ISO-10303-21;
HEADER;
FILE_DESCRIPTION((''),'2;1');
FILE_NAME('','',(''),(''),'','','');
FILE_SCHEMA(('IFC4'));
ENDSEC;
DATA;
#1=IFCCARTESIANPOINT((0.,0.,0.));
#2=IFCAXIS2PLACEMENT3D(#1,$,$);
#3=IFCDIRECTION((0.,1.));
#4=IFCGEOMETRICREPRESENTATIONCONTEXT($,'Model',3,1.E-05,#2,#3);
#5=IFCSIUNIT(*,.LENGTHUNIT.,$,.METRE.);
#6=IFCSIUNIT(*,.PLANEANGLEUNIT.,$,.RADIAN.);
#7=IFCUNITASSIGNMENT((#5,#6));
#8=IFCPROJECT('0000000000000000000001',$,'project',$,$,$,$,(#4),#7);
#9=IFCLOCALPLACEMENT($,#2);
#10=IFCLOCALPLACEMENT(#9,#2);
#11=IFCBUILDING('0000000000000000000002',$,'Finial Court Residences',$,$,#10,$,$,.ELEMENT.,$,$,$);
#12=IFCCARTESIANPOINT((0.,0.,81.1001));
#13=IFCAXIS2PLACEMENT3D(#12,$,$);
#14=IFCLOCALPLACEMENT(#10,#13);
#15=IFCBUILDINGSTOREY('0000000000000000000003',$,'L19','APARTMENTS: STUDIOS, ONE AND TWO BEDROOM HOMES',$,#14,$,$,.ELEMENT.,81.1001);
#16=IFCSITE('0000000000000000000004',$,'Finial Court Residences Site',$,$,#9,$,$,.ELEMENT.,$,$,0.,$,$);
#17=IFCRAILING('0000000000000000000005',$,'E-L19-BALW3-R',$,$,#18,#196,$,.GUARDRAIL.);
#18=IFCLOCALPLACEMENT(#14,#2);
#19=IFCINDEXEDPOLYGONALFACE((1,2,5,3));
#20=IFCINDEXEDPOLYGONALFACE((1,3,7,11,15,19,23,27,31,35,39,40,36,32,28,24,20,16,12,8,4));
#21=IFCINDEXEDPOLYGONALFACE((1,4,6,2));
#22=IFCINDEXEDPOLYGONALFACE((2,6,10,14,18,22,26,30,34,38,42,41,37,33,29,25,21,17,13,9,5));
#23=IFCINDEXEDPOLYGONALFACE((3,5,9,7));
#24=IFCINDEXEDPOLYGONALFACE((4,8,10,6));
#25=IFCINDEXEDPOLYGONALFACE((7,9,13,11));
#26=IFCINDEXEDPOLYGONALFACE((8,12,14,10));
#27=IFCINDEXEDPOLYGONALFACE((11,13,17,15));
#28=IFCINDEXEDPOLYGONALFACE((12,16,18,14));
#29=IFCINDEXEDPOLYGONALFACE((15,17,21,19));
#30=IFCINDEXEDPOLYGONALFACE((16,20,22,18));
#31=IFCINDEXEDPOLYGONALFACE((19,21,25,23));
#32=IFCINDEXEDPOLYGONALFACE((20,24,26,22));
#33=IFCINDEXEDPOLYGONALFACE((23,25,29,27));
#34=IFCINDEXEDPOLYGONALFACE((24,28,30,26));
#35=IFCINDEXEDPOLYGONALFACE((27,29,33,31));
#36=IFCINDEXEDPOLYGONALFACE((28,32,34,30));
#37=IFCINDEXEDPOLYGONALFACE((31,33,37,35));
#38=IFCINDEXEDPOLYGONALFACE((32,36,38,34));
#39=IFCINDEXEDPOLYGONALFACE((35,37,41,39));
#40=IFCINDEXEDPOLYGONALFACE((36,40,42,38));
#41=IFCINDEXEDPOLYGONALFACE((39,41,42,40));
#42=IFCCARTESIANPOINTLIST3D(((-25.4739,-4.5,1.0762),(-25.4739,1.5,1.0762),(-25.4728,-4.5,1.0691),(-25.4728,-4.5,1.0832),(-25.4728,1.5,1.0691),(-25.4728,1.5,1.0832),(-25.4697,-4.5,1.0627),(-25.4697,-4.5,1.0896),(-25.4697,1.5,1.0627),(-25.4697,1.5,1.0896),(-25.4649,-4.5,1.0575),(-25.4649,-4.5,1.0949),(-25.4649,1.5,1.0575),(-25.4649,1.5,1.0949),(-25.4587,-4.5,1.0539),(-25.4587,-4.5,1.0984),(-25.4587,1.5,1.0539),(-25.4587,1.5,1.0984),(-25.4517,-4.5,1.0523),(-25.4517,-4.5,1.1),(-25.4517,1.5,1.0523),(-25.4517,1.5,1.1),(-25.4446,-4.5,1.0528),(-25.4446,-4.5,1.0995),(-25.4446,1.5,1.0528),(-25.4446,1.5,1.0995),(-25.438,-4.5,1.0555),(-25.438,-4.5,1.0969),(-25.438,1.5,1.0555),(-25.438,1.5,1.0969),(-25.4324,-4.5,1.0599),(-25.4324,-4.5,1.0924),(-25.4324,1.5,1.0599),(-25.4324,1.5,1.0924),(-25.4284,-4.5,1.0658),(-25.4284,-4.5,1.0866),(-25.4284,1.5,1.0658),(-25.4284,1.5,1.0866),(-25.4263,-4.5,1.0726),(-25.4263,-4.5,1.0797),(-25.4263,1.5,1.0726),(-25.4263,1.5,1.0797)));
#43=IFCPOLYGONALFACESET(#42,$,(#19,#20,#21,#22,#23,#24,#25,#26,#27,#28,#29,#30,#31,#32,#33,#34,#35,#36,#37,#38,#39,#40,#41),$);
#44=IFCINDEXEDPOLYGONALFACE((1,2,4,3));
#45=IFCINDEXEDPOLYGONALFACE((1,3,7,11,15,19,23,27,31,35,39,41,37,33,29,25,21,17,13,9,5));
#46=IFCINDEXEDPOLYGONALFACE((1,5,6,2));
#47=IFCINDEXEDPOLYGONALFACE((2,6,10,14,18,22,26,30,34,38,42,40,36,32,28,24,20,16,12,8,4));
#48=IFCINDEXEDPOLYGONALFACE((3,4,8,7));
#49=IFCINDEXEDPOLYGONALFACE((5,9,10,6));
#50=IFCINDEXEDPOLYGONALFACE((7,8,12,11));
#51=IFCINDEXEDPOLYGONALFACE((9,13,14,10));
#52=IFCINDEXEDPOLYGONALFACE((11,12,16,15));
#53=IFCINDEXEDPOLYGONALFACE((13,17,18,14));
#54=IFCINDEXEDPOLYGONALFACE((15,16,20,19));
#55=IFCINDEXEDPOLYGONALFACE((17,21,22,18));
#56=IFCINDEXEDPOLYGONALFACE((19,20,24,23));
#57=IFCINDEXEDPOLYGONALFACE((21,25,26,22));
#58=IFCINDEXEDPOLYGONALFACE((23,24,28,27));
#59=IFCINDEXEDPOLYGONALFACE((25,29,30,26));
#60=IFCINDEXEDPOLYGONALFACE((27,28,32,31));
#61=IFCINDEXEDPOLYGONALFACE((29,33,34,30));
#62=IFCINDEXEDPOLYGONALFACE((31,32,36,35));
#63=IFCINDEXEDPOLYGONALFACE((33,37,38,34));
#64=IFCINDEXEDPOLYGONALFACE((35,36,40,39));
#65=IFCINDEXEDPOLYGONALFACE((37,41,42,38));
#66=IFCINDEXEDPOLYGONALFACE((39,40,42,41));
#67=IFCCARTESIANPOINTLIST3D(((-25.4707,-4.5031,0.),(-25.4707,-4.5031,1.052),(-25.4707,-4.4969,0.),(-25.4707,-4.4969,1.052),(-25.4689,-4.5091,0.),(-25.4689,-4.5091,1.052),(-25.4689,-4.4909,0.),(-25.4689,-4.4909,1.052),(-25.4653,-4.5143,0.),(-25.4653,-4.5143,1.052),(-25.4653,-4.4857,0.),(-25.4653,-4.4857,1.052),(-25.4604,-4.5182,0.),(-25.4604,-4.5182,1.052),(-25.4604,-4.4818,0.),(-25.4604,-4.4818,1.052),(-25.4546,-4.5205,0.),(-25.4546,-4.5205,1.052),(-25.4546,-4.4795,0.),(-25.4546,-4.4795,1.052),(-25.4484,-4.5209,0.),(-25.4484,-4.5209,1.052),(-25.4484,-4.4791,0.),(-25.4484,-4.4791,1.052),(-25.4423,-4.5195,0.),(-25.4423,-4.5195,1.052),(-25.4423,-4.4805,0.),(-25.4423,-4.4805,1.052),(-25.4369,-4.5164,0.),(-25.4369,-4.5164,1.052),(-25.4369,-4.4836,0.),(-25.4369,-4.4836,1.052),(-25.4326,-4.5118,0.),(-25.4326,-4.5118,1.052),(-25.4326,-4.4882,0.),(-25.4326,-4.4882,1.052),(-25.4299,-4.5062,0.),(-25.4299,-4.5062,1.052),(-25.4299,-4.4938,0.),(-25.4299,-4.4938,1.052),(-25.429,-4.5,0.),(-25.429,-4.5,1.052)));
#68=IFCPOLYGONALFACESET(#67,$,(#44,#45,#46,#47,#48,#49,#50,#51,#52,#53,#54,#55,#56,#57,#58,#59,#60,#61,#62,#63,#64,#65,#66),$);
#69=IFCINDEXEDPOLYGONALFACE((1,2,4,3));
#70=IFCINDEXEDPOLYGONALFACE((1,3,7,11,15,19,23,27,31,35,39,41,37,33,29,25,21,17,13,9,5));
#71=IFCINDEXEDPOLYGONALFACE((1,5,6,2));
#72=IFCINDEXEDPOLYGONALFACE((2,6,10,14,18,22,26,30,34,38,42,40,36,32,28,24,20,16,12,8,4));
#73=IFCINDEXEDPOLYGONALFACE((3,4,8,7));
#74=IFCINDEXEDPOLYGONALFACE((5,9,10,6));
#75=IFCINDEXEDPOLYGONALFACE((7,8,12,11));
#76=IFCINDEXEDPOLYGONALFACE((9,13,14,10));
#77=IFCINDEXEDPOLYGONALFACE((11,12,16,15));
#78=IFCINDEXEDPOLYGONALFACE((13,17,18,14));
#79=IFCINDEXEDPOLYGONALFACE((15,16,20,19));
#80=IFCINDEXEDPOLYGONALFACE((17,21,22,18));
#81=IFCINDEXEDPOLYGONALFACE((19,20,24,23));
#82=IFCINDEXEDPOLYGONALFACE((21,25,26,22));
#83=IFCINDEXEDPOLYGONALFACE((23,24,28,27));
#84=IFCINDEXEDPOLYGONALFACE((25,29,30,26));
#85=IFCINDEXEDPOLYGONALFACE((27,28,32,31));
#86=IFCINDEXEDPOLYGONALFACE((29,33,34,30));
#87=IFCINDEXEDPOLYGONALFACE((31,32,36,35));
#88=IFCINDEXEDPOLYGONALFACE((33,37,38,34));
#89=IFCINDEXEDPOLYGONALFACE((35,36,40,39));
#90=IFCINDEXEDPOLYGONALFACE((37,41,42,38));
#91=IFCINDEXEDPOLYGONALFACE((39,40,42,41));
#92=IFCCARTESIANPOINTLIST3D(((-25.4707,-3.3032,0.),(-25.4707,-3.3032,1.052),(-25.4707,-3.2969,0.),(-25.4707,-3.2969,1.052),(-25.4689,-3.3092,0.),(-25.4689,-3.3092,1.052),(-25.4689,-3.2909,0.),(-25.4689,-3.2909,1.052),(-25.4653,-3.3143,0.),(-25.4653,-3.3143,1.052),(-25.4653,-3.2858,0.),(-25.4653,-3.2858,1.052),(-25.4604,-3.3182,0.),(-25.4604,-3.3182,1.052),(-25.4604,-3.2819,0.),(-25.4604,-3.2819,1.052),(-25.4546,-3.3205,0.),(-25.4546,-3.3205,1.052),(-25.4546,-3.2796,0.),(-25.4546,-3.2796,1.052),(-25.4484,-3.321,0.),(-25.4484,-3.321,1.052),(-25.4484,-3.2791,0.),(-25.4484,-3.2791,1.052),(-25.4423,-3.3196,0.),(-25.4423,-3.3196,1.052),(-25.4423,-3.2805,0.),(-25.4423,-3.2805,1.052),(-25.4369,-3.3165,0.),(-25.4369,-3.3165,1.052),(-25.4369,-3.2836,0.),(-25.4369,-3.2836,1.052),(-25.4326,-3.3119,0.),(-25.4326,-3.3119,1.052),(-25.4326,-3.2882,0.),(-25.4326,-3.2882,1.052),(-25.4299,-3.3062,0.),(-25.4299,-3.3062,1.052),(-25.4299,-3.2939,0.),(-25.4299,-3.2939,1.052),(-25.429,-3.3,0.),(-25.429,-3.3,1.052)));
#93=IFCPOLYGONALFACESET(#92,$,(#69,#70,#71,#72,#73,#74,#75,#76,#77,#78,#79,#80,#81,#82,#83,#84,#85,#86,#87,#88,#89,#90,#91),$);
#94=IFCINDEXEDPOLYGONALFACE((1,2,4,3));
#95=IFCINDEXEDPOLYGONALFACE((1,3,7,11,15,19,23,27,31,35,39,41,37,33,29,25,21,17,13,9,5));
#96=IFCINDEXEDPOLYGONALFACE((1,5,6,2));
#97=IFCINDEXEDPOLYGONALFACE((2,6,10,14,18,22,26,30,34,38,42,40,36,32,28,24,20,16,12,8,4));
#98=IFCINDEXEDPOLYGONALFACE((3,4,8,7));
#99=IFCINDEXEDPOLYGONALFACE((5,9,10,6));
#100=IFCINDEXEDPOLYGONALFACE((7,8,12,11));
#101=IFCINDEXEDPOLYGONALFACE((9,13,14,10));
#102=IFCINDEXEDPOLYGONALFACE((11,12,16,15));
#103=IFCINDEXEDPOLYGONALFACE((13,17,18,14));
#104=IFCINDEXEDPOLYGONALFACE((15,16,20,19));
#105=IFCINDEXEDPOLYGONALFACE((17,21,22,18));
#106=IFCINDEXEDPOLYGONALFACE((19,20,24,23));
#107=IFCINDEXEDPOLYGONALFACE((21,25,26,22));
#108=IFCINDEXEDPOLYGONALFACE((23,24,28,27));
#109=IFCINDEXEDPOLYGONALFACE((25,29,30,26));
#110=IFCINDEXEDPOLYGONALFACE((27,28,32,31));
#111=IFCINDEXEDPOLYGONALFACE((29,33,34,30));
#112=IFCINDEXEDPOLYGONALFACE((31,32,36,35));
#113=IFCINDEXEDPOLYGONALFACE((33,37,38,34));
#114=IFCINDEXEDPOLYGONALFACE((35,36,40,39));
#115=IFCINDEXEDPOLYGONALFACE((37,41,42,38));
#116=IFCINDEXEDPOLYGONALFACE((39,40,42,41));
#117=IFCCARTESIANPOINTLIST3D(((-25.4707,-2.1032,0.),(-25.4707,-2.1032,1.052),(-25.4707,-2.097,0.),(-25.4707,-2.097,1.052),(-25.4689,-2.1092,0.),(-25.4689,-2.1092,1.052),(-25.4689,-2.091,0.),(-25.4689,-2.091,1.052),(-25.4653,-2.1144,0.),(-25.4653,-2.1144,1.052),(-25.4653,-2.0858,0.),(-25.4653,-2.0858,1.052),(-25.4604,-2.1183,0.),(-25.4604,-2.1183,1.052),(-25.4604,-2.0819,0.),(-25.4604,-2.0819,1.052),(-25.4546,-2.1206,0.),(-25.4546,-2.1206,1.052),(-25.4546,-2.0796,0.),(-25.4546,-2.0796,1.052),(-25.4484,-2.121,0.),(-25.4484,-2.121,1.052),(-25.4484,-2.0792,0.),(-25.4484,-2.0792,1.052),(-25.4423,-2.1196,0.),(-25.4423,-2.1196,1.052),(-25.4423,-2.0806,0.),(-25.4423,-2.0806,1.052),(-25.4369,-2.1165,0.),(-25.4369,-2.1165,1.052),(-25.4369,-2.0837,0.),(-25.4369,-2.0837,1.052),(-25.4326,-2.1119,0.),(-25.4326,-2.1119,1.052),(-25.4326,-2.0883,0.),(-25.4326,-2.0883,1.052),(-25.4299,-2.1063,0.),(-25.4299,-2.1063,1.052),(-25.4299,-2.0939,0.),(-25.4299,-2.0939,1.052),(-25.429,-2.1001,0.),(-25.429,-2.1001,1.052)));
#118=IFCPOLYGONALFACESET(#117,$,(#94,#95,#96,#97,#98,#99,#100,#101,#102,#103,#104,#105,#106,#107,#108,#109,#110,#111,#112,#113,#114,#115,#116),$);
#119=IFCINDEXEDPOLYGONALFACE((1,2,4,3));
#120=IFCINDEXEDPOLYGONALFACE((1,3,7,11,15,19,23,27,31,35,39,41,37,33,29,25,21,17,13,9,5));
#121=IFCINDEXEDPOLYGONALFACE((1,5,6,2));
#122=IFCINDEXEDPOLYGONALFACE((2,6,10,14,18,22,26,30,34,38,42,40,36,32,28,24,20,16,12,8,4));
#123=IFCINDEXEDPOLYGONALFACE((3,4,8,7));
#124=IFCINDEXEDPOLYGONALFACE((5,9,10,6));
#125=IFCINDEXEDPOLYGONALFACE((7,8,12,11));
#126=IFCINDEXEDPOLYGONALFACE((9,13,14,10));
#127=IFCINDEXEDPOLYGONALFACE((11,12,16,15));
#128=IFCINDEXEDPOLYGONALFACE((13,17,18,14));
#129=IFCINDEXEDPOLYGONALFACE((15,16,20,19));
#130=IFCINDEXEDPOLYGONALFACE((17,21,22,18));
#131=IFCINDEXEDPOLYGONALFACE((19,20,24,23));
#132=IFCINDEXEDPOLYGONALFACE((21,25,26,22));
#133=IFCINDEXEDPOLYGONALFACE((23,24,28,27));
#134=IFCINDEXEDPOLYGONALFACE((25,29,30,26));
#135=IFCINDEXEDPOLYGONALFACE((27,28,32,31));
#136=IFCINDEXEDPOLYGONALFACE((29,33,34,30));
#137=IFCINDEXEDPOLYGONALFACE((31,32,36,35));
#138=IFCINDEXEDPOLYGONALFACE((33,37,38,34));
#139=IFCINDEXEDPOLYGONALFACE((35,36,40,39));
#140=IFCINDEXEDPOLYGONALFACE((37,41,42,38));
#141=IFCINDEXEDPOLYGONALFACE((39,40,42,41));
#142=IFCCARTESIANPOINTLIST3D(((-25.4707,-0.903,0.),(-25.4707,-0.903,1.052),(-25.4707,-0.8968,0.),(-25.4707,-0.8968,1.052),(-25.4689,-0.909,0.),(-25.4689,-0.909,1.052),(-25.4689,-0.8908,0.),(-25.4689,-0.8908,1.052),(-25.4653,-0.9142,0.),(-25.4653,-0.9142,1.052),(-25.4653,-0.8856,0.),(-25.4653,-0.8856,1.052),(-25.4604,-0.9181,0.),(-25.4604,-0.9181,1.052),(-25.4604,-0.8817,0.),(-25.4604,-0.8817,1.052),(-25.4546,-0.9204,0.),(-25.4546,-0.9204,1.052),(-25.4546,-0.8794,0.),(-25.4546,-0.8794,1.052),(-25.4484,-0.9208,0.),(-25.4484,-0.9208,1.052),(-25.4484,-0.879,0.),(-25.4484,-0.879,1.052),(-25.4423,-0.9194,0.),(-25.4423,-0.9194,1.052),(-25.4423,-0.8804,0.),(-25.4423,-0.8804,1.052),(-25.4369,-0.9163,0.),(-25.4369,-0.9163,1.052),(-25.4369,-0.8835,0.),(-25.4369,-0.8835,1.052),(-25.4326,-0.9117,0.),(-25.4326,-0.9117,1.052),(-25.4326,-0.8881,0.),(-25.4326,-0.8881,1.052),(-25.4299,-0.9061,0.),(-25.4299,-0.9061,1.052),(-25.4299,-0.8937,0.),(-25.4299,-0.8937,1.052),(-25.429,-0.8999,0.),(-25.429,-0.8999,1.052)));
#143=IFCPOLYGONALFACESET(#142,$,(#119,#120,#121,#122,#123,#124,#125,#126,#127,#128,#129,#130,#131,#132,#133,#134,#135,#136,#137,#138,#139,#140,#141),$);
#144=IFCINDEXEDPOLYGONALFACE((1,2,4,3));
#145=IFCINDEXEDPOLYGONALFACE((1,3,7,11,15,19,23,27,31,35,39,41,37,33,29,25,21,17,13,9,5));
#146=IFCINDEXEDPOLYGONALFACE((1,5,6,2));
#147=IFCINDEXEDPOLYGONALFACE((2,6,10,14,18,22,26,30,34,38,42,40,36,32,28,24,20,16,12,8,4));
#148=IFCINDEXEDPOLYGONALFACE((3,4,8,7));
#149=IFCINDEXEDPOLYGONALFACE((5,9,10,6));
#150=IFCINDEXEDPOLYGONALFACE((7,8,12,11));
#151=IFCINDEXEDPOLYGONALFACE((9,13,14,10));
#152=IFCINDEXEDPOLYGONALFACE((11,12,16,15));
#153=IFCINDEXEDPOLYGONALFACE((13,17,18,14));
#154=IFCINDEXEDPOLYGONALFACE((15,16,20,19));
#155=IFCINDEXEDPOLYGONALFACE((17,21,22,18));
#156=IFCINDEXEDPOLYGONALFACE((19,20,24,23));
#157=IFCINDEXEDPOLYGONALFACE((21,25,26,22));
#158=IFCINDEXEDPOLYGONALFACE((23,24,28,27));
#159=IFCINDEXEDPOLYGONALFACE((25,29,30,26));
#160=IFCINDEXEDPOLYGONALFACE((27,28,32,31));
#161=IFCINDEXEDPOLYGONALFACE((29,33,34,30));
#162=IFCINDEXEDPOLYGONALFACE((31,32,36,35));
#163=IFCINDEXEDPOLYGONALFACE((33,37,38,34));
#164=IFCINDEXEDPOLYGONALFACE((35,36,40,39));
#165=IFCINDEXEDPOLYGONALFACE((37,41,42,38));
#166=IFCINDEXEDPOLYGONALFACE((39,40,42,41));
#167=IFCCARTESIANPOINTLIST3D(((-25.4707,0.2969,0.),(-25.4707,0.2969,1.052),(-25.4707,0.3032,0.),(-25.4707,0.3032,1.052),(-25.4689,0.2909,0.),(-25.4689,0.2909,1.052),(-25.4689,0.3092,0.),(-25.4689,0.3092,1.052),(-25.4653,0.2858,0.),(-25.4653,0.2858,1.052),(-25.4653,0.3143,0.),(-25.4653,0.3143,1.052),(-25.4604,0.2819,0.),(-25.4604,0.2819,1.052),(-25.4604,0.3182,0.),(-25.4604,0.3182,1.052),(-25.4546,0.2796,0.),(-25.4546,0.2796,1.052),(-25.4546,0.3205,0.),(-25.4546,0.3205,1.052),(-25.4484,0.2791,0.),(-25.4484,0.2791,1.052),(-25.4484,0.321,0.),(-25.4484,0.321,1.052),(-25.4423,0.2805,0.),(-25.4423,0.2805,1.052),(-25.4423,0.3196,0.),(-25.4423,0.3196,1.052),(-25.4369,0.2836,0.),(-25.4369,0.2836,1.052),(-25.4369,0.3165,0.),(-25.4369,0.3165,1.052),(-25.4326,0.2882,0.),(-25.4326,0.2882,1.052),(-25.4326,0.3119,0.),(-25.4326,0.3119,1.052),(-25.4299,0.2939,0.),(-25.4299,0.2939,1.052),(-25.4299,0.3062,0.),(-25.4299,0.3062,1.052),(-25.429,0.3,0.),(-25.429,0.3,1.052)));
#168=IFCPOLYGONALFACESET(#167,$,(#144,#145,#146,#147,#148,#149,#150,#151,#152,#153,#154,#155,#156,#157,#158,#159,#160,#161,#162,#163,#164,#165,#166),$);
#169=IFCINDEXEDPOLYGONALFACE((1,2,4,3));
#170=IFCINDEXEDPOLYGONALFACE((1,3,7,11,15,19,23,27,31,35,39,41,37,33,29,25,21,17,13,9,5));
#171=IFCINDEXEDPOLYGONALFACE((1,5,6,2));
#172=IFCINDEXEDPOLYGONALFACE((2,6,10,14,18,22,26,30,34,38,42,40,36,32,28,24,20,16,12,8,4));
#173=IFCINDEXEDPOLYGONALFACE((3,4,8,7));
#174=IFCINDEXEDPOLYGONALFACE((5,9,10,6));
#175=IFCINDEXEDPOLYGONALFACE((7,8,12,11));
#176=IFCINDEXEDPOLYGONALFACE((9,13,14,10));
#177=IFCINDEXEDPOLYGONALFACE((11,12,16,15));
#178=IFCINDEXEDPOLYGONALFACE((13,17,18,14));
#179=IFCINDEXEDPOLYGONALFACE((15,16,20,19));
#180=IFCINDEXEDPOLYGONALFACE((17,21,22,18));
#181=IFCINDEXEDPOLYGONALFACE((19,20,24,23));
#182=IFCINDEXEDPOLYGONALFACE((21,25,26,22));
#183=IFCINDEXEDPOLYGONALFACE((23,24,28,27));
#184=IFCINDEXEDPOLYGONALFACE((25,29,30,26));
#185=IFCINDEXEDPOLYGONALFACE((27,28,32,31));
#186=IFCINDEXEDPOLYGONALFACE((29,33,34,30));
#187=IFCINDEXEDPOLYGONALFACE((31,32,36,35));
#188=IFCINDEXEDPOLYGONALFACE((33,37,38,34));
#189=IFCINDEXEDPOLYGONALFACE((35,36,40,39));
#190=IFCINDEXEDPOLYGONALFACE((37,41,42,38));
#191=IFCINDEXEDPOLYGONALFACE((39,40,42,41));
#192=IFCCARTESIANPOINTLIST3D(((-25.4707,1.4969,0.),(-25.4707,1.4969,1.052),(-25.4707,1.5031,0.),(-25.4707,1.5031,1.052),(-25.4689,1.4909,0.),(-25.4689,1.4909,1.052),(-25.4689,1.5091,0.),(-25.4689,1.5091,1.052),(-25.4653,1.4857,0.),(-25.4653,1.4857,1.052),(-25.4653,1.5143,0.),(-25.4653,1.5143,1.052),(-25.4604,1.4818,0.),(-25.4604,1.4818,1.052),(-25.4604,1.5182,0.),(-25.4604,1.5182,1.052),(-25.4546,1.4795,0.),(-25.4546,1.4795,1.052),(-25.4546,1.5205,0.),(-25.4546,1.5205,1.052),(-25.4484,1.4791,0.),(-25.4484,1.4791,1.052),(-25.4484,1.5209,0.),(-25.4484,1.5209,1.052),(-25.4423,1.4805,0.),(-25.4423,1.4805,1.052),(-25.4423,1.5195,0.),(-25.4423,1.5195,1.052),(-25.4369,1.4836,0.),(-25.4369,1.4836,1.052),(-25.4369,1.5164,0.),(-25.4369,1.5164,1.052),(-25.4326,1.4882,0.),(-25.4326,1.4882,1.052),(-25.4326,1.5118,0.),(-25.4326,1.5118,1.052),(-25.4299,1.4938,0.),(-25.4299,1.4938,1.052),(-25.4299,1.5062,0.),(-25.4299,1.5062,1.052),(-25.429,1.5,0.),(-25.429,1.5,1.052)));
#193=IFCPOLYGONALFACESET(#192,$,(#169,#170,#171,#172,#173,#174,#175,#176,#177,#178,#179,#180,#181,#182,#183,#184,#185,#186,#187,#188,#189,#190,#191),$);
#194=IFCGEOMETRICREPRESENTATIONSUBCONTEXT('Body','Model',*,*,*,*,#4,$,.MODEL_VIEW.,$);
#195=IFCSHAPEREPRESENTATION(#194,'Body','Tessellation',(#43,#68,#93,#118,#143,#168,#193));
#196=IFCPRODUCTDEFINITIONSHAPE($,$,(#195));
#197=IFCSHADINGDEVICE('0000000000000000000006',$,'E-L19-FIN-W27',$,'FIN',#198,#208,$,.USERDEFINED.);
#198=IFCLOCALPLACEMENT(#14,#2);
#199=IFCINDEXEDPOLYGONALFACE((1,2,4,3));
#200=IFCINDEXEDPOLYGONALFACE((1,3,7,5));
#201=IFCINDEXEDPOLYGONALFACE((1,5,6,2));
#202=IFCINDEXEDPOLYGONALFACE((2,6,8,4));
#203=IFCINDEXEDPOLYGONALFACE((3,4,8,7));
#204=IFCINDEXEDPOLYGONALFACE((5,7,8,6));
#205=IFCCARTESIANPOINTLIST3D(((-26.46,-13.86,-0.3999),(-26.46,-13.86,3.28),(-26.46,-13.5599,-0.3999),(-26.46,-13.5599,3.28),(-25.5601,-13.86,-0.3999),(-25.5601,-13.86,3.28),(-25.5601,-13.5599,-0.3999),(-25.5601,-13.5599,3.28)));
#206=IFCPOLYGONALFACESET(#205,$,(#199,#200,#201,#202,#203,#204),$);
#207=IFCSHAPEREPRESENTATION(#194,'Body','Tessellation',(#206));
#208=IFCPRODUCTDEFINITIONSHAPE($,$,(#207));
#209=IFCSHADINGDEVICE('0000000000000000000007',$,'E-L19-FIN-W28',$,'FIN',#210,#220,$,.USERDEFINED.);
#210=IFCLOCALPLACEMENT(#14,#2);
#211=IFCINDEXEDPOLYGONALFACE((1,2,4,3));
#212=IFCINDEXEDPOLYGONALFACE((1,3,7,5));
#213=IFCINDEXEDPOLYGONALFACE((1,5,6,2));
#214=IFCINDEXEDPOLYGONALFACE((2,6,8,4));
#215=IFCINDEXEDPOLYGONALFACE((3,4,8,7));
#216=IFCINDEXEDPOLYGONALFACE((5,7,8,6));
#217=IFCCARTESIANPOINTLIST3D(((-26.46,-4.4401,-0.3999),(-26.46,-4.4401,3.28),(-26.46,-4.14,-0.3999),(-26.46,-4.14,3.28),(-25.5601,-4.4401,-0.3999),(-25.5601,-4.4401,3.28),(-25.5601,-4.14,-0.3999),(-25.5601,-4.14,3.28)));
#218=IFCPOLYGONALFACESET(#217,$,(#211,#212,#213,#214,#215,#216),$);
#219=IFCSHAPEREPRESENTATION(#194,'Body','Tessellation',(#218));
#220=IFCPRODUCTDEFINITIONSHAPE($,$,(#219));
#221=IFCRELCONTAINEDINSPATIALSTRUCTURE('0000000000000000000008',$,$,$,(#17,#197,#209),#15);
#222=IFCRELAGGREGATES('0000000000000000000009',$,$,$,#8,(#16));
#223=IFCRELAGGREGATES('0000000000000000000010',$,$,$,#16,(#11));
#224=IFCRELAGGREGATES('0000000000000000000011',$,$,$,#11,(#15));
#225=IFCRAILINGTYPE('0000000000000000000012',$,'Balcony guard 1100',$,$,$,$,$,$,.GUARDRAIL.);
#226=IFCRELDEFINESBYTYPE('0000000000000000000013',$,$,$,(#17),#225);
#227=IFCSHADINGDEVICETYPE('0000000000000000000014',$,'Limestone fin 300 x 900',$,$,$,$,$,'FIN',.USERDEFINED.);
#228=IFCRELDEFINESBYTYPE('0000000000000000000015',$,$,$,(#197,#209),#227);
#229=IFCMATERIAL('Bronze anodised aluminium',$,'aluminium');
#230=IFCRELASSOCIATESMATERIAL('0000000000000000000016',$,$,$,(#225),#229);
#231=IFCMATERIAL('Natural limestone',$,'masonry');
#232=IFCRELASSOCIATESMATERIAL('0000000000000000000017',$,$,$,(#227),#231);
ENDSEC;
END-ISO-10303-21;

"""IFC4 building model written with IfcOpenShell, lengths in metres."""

from ifc_helpers import new_model, si_unit, direction, frame, origin, origin_2d, place, context, subcontext, project, spatial, rectangle, circle, extrude, material, type_object, element, save


model = new_model("IFC4")

# Units and contexts
model_context = context("Model", 3, precision=1e-05, world=origin(), true_north=direction((0.0, 1.0)))
body_context = subcontext(model_context, "Body", "Model", "MODEL_VIEW")
ifc_project = project(units=[si_unit("LENGTHUNIT", "METRE"), si_unit("PLANEANGLEUNIT", "RADIAN")], contexts=[model_context])

# Site, building, storey
site_placement = place(None, origin())
site = spatial("IfcSite", under=ifc_project, at=site_placement, Name="Finial Court Residences Site", CompositionType="ELEMENT", RefElevation=0.0)
building_placement = place(site_placement, origin())
building = spatial("IfcBuilding", under=site, at=building_placement, Name="Finial Court Residences", CompositionType="ELEMENT")
storey_placement = place(building_placement, frame((0.0, 0.0, 81.1001)))
storey = spatial("IfcBuildingStorey", under=building, at=storey_placement, Name="L19", Description="APARTMENTS: STUDIOS, ONE AND TWO BEDROOM HOMES", CompositionType="ELEMENT", Elevation=81.1001)

# Shared definitions
ifc_material_1 = material(Name="Bronze anodised aluminium", Category="aluminium")

# Shared definitions
ifc_material_2 = material(Name="Natural limestone", Category="masonry")

# Railing
railing_type = type_object("IfcRailingType", Name="Balcony guard 1100", PredefinedType="GUARDRAIL", material=ifc_material_1)
railing_placement = place(storey_placement, frame((-25.45, -4.5, 0.0)))
element("IfcRailing", 1, at=railing_placement, inside=storey, type_object=railing_type, Name="E-L19-BALW3-R", PredefinedType="GUARDRAIL", context=body_context, shape_type="SweptSolid", body=[
    extrude(circle(Radius=0.0239, at=origin_2d()), frame((0.0, 0.0, 1.0762), z_axis=(0.0, 1.0, 0.0), x_axis=(-1.0, 0.0, 0.0)), (0.0, 0.0, 1.0), 6.0),
    extrude(circle(Radius=0.021, at=origin_2d()), origin(), (0.0, 0.0, 1.0), 1.052),
    extrude(circle(Radius=0.021, at=origin_2d()), frame((0.0, 1.2, 0.0)), (0.0, 0.0, 1.0), 1.052),
    extrude(circle(Radius=0.021, at=origin_2d()), frame((0.0, 2.3999, 0.0)), (0.0, 0.0, 1.0), 1.052),
    extrude(circle(Radius=0.021, at=origin_2d()), frame((0.0, 3.6001, 0.0)), (0.0, 0.0, 1.0), 1.052),
    extrude(circle(Radius=0.021, at=origin_2d()), frame((0.0, 4.8, 0.0)), (0.0, 0.0, 1.0), 1.052),
    extrude(circle(Radius=0.021, at=origin_2d()), frame((0.0, 6.0, 0.0)), (0.0, 0.0, 1.0), 1.052),
])

# Shading devices
shading_device_type = type_object("IfcShadingDeviceType", Name="Limestone fin 300 x 900", ElementType="FIN", PredefinedType="USERDEFINED", material=ifc_material_2)
for number, where, z_axis, x_axis, name in (
    (2, (-26.01, -13.71, -0.3999), (0.0, 0.0, 1.0), (1.0, 0.0, 0.0), "E-L19-FIN-W27"),
    (3, (-26.01, -4.29, -0.3999), (0.0, 0.0, 1.0), (1.0, 0.0, 0.0), "E-L19-FIN-W28"),
):
    element("IfcShadingDevice", number, at=place(storey_placement, frame(where, z_axis=z_axis, x_axis=x_axis)), inside=storey, type_object=shading_device_type, Name=name, ObjectType="FIN", PredefinedType="USERDEFINED", context=body_context, shape_type="SweptSolid", body=[
        extrude(rectangle(XDim=0.8999, YDim=0.3, at=origin_2d()), origin(), (0.0, 0.0, 1.0), 3.6799),
    ])

save(model, "model.ifc")
